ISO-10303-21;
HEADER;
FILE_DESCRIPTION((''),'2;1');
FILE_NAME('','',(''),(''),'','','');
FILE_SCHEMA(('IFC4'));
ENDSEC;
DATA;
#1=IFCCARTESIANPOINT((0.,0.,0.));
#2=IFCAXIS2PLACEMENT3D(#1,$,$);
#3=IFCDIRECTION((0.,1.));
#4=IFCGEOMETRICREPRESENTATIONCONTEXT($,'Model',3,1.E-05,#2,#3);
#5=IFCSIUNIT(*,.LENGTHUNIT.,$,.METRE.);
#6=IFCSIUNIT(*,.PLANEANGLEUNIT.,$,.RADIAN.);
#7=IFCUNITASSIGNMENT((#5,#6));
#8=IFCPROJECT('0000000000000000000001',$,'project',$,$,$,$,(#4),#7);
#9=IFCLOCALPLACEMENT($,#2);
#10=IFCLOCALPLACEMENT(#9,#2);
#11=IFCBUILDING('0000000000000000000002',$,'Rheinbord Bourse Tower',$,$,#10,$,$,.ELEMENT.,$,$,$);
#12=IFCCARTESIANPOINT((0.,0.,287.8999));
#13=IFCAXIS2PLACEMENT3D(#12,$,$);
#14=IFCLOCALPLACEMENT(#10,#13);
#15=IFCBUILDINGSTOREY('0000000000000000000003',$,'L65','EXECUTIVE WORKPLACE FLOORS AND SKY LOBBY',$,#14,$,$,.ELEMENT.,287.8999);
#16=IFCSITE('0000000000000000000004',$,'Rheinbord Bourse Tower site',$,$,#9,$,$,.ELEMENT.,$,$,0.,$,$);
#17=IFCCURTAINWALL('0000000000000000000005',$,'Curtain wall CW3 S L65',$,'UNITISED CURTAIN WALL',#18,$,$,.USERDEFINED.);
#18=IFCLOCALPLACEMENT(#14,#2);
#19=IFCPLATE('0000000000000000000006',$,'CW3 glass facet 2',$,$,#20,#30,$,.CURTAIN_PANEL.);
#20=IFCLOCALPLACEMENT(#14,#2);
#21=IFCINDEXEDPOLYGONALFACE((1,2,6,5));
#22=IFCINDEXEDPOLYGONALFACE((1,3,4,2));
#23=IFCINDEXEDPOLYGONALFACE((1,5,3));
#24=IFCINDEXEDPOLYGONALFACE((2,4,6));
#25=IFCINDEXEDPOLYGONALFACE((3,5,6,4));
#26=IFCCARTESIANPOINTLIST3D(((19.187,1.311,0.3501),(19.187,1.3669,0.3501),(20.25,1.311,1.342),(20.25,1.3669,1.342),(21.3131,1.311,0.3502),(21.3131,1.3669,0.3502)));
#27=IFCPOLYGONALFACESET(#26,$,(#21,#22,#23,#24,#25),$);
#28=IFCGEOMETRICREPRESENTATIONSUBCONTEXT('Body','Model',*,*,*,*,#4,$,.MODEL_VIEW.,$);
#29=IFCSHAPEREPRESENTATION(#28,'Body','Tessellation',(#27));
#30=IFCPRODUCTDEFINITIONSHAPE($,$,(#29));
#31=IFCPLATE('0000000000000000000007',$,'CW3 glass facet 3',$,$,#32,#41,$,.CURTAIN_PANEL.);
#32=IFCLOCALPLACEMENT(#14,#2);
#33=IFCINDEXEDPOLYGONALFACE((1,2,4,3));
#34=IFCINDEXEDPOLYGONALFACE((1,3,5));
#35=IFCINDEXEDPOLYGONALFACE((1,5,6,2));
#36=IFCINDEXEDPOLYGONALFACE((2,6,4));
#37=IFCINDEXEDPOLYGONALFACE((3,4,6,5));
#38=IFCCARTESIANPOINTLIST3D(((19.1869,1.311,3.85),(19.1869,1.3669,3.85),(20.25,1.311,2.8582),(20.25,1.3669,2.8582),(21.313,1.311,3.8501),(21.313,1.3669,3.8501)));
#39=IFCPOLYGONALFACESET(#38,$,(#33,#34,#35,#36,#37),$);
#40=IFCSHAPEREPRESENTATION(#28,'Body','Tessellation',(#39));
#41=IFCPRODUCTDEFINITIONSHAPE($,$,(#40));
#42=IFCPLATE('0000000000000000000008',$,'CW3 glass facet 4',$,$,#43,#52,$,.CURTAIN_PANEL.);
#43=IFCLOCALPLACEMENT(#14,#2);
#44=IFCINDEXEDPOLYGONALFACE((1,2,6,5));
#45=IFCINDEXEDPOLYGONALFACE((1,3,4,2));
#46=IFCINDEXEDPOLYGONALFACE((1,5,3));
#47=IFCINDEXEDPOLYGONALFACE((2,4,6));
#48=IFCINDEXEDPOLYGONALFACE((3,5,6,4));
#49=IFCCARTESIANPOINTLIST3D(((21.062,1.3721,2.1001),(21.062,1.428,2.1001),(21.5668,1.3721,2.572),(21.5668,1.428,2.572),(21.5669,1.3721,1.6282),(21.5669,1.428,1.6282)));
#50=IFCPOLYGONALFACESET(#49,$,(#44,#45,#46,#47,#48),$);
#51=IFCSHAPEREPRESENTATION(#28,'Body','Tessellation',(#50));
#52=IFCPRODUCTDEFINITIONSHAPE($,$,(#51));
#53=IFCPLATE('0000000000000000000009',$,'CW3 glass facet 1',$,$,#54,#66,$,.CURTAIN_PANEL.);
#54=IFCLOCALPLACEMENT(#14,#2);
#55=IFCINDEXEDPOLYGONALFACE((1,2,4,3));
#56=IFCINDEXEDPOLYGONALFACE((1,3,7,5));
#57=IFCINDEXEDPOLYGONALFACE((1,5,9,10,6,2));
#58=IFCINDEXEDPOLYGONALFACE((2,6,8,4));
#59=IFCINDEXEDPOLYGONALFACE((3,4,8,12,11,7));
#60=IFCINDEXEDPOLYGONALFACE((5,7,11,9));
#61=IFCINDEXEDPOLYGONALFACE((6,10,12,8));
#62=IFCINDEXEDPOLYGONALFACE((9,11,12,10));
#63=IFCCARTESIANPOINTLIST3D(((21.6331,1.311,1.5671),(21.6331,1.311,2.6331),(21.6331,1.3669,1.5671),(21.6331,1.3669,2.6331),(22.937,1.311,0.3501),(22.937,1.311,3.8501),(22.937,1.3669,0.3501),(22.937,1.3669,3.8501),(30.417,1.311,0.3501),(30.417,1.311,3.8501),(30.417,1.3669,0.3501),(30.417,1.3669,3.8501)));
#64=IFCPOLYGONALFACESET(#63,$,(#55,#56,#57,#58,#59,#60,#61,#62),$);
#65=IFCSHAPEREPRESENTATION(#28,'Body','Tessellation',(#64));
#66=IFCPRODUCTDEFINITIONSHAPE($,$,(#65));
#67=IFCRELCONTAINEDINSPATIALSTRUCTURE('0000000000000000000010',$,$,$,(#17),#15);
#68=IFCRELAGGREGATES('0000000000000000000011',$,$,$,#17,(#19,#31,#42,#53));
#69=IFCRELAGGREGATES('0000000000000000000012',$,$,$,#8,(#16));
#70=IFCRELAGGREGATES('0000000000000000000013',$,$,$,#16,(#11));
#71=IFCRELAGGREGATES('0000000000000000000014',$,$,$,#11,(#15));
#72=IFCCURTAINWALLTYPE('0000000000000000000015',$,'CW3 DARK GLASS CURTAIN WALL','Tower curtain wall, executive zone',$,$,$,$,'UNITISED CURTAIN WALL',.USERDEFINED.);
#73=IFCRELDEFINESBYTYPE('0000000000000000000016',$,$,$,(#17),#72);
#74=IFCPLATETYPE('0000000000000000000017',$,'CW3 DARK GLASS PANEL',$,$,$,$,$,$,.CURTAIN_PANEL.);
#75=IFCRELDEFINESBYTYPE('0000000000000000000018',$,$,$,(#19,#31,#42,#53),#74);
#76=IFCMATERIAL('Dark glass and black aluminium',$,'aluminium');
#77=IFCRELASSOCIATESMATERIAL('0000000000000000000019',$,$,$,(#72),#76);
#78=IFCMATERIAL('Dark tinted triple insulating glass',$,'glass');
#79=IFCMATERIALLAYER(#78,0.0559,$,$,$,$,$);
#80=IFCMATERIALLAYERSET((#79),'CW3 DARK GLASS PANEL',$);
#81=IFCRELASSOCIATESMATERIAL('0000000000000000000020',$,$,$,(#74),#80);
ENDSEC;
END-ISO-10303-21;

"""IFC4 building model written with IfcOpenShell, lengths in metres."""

from ifc_helpers import new_model, si_unit, direction, frame, origin, place, context, subcontext, project, spatial, polyline, outline, extrude, material, layer, layer_set, type_object, element, aggregate, save


model = new_model("IFC4")

# Units and contexts
model_context = context("Model", 3, precision=1e-05, world=origin(), true_north=direction((0.0, 1.0)))
body_context = subcontext(model_context, "Body", "Model", "MODEL_VIEW")
ifc_project = project(units=[si_unit("LENGTHUNIT", "METRE"), si_unit("PLANEANGLEUNIT", "RADIAN")], contexts=[model_context])

# Site, building, storey
site_placement = place(None, origin())
site = spatial("IfcSite", under=ifc_project, at=site_placement, Name="Rheinbord Bourse Tower site", CompositionType="ELEMENT", RefElevation=0.0)
building_placement = place(site_placement, origin())
building = spatial("IfcBuilding", under=site, at=building_placement, Name="Rheinbord Bourse Tower", CompositionType="ELEMENT")
storey_placement = place(building_placement, frame((0.0, 0.0, 287.8999)))
storey = spatial("IfcBuildingStorey", under=building, at=storey_placement, Name="L65", Description="EXECUTIVE WORKPLACE FLOORS AND SKY LOBBY", CompositionType="ELEMENT", Elevation=287.8999)

# Curtain wall
ifc_material_1 = material(Name="Dark glass and black aluminium", Category="aluminium")
curtain_wall_type = type_object("IfcCurtainWallType", Name="CW3 DARK GLASS CURTAIN WALL", Description="Tower curtain wall, executive zone", ElementType="UNITISED CURTAIN WALL", PredefinedType="USERDEFINED", material=ifc_material_1)
curtain_wall_placement = place(storey_placement, origin())
curtain_wall = element("IfcCurtainWall", 1, at=curtain_wall_placement, inside=storey, type_object=curtain_wall_type, Name="Curtain wall CW3 S L65", ObjectType="UNITISED CURTAIN WALL", PredefinedType="USERDEFINED")

# Plates
ifc_material_2 = material(Name="Dark tinted triple insulating glass", Category="glass")
ifc_layer = layer(ifc_material_2, 0.0559)
ifc_layer_set = layer_set([ifc_layer], Name="CW3 DARK GLASS PANEL")
plate_type = type_object("IfcPlateType", Name="CW3 DARK GLASS PANEL", PredefinedType="CURTAIN_PANEL", material=ifc_layer_set)
plate_1_placement = place(storey_placement, frame((19.187, 1.311, 0.3501), z_axis=(0.0, 1.0, 0.0), x_axis=(0.731117, 0.0, 0.682252)))
plate_1 = element("IfcPlate", 2, at=plate_1_placement, type_object=plate_type, Name="CW3 glass facet 2", PredefinedType="CURTAIN_PANEL", context=body_context, shape_type="SweptSolid", body=[
    extrude(outline(polyline([(0.0, 0.0), (1.4539, 0.0), (1.5544, 1.4504), (0.0, 0.0)])), origin(), (0.0, 0.0, 1.0), 0.0559),
])
plate_2_placement = place(storey_placement, frame((21.313, 1.311, 3.8501), z_axis=(0.0, 1.0, 0.0), x_axis=(-0.731117, 0.0, -0.682252)))
plate_2 = element("IfcPlate", 3, at=plate_2_placement, type_object=plate_type, Name="CW3 glass facet 3", PredefinedType="CURTAIN_PANEL", context=body_context, shape_type="SweptSolid", body=[
    extrude(outline(polyline([(0.0, 0.0), (1.4539, 0.0), (1.5544, 1.4504), (0.0, 0.0)])), origin(), (0.0, 0.0, 1.0), 0.0559),
])
plate_3_placement = place(storey_placement, frame((21.5669, 1.3721, 1.6282), z_axis=(0.0, 1.0, 0.0), x_axis=(-0.73055, 0.0, 0.682859)))
plate_3 = element("IfcPlate", 4, at=plate_3_placement, type_object=plate_type, Name="CW3 glass facet 4", PredefinedType="CURTAIN_PANEL", context=body_context, shape_type="SweptSolid", body=[
    extrude(outline(polyline([(0.0, 0.0), (0.6912, 0.0), (0.6445, 0.6895), (0.0, 0.0)])), origin(), (0.0, 0.0, 1.0), 0.0559),
])
plate_4_placement = place(storey_placement, frame((30.417, 1.311, 3.8501), z_axis=(0.0, 1.0, 0.0), x_axis=(0.0, 0.0, -1.0)))
plate_4 = element("IfcPlate", 5, at=plate_4_placement, type_object=plate_type, Name="CW3 glass facet 1", PredefinedType="CURTAIN_PANEL", context=body_context, shape_type="SweptSolid", body=[
    extrude(outline(polyline([(0.0, 0.0), (3.5, 0.0), (3.5, 7.48), (2.283, 8.7839), (1.217, 8.7839), (0.0, 7.48), (0.0, 0.0)])), origin(), (0.0, 0.0, 1.0), 0.0559),
])
aggregate(curtain_wall, [plate_1, plate_2, plate_3, plate_4])

save(model, "model.ifc")
